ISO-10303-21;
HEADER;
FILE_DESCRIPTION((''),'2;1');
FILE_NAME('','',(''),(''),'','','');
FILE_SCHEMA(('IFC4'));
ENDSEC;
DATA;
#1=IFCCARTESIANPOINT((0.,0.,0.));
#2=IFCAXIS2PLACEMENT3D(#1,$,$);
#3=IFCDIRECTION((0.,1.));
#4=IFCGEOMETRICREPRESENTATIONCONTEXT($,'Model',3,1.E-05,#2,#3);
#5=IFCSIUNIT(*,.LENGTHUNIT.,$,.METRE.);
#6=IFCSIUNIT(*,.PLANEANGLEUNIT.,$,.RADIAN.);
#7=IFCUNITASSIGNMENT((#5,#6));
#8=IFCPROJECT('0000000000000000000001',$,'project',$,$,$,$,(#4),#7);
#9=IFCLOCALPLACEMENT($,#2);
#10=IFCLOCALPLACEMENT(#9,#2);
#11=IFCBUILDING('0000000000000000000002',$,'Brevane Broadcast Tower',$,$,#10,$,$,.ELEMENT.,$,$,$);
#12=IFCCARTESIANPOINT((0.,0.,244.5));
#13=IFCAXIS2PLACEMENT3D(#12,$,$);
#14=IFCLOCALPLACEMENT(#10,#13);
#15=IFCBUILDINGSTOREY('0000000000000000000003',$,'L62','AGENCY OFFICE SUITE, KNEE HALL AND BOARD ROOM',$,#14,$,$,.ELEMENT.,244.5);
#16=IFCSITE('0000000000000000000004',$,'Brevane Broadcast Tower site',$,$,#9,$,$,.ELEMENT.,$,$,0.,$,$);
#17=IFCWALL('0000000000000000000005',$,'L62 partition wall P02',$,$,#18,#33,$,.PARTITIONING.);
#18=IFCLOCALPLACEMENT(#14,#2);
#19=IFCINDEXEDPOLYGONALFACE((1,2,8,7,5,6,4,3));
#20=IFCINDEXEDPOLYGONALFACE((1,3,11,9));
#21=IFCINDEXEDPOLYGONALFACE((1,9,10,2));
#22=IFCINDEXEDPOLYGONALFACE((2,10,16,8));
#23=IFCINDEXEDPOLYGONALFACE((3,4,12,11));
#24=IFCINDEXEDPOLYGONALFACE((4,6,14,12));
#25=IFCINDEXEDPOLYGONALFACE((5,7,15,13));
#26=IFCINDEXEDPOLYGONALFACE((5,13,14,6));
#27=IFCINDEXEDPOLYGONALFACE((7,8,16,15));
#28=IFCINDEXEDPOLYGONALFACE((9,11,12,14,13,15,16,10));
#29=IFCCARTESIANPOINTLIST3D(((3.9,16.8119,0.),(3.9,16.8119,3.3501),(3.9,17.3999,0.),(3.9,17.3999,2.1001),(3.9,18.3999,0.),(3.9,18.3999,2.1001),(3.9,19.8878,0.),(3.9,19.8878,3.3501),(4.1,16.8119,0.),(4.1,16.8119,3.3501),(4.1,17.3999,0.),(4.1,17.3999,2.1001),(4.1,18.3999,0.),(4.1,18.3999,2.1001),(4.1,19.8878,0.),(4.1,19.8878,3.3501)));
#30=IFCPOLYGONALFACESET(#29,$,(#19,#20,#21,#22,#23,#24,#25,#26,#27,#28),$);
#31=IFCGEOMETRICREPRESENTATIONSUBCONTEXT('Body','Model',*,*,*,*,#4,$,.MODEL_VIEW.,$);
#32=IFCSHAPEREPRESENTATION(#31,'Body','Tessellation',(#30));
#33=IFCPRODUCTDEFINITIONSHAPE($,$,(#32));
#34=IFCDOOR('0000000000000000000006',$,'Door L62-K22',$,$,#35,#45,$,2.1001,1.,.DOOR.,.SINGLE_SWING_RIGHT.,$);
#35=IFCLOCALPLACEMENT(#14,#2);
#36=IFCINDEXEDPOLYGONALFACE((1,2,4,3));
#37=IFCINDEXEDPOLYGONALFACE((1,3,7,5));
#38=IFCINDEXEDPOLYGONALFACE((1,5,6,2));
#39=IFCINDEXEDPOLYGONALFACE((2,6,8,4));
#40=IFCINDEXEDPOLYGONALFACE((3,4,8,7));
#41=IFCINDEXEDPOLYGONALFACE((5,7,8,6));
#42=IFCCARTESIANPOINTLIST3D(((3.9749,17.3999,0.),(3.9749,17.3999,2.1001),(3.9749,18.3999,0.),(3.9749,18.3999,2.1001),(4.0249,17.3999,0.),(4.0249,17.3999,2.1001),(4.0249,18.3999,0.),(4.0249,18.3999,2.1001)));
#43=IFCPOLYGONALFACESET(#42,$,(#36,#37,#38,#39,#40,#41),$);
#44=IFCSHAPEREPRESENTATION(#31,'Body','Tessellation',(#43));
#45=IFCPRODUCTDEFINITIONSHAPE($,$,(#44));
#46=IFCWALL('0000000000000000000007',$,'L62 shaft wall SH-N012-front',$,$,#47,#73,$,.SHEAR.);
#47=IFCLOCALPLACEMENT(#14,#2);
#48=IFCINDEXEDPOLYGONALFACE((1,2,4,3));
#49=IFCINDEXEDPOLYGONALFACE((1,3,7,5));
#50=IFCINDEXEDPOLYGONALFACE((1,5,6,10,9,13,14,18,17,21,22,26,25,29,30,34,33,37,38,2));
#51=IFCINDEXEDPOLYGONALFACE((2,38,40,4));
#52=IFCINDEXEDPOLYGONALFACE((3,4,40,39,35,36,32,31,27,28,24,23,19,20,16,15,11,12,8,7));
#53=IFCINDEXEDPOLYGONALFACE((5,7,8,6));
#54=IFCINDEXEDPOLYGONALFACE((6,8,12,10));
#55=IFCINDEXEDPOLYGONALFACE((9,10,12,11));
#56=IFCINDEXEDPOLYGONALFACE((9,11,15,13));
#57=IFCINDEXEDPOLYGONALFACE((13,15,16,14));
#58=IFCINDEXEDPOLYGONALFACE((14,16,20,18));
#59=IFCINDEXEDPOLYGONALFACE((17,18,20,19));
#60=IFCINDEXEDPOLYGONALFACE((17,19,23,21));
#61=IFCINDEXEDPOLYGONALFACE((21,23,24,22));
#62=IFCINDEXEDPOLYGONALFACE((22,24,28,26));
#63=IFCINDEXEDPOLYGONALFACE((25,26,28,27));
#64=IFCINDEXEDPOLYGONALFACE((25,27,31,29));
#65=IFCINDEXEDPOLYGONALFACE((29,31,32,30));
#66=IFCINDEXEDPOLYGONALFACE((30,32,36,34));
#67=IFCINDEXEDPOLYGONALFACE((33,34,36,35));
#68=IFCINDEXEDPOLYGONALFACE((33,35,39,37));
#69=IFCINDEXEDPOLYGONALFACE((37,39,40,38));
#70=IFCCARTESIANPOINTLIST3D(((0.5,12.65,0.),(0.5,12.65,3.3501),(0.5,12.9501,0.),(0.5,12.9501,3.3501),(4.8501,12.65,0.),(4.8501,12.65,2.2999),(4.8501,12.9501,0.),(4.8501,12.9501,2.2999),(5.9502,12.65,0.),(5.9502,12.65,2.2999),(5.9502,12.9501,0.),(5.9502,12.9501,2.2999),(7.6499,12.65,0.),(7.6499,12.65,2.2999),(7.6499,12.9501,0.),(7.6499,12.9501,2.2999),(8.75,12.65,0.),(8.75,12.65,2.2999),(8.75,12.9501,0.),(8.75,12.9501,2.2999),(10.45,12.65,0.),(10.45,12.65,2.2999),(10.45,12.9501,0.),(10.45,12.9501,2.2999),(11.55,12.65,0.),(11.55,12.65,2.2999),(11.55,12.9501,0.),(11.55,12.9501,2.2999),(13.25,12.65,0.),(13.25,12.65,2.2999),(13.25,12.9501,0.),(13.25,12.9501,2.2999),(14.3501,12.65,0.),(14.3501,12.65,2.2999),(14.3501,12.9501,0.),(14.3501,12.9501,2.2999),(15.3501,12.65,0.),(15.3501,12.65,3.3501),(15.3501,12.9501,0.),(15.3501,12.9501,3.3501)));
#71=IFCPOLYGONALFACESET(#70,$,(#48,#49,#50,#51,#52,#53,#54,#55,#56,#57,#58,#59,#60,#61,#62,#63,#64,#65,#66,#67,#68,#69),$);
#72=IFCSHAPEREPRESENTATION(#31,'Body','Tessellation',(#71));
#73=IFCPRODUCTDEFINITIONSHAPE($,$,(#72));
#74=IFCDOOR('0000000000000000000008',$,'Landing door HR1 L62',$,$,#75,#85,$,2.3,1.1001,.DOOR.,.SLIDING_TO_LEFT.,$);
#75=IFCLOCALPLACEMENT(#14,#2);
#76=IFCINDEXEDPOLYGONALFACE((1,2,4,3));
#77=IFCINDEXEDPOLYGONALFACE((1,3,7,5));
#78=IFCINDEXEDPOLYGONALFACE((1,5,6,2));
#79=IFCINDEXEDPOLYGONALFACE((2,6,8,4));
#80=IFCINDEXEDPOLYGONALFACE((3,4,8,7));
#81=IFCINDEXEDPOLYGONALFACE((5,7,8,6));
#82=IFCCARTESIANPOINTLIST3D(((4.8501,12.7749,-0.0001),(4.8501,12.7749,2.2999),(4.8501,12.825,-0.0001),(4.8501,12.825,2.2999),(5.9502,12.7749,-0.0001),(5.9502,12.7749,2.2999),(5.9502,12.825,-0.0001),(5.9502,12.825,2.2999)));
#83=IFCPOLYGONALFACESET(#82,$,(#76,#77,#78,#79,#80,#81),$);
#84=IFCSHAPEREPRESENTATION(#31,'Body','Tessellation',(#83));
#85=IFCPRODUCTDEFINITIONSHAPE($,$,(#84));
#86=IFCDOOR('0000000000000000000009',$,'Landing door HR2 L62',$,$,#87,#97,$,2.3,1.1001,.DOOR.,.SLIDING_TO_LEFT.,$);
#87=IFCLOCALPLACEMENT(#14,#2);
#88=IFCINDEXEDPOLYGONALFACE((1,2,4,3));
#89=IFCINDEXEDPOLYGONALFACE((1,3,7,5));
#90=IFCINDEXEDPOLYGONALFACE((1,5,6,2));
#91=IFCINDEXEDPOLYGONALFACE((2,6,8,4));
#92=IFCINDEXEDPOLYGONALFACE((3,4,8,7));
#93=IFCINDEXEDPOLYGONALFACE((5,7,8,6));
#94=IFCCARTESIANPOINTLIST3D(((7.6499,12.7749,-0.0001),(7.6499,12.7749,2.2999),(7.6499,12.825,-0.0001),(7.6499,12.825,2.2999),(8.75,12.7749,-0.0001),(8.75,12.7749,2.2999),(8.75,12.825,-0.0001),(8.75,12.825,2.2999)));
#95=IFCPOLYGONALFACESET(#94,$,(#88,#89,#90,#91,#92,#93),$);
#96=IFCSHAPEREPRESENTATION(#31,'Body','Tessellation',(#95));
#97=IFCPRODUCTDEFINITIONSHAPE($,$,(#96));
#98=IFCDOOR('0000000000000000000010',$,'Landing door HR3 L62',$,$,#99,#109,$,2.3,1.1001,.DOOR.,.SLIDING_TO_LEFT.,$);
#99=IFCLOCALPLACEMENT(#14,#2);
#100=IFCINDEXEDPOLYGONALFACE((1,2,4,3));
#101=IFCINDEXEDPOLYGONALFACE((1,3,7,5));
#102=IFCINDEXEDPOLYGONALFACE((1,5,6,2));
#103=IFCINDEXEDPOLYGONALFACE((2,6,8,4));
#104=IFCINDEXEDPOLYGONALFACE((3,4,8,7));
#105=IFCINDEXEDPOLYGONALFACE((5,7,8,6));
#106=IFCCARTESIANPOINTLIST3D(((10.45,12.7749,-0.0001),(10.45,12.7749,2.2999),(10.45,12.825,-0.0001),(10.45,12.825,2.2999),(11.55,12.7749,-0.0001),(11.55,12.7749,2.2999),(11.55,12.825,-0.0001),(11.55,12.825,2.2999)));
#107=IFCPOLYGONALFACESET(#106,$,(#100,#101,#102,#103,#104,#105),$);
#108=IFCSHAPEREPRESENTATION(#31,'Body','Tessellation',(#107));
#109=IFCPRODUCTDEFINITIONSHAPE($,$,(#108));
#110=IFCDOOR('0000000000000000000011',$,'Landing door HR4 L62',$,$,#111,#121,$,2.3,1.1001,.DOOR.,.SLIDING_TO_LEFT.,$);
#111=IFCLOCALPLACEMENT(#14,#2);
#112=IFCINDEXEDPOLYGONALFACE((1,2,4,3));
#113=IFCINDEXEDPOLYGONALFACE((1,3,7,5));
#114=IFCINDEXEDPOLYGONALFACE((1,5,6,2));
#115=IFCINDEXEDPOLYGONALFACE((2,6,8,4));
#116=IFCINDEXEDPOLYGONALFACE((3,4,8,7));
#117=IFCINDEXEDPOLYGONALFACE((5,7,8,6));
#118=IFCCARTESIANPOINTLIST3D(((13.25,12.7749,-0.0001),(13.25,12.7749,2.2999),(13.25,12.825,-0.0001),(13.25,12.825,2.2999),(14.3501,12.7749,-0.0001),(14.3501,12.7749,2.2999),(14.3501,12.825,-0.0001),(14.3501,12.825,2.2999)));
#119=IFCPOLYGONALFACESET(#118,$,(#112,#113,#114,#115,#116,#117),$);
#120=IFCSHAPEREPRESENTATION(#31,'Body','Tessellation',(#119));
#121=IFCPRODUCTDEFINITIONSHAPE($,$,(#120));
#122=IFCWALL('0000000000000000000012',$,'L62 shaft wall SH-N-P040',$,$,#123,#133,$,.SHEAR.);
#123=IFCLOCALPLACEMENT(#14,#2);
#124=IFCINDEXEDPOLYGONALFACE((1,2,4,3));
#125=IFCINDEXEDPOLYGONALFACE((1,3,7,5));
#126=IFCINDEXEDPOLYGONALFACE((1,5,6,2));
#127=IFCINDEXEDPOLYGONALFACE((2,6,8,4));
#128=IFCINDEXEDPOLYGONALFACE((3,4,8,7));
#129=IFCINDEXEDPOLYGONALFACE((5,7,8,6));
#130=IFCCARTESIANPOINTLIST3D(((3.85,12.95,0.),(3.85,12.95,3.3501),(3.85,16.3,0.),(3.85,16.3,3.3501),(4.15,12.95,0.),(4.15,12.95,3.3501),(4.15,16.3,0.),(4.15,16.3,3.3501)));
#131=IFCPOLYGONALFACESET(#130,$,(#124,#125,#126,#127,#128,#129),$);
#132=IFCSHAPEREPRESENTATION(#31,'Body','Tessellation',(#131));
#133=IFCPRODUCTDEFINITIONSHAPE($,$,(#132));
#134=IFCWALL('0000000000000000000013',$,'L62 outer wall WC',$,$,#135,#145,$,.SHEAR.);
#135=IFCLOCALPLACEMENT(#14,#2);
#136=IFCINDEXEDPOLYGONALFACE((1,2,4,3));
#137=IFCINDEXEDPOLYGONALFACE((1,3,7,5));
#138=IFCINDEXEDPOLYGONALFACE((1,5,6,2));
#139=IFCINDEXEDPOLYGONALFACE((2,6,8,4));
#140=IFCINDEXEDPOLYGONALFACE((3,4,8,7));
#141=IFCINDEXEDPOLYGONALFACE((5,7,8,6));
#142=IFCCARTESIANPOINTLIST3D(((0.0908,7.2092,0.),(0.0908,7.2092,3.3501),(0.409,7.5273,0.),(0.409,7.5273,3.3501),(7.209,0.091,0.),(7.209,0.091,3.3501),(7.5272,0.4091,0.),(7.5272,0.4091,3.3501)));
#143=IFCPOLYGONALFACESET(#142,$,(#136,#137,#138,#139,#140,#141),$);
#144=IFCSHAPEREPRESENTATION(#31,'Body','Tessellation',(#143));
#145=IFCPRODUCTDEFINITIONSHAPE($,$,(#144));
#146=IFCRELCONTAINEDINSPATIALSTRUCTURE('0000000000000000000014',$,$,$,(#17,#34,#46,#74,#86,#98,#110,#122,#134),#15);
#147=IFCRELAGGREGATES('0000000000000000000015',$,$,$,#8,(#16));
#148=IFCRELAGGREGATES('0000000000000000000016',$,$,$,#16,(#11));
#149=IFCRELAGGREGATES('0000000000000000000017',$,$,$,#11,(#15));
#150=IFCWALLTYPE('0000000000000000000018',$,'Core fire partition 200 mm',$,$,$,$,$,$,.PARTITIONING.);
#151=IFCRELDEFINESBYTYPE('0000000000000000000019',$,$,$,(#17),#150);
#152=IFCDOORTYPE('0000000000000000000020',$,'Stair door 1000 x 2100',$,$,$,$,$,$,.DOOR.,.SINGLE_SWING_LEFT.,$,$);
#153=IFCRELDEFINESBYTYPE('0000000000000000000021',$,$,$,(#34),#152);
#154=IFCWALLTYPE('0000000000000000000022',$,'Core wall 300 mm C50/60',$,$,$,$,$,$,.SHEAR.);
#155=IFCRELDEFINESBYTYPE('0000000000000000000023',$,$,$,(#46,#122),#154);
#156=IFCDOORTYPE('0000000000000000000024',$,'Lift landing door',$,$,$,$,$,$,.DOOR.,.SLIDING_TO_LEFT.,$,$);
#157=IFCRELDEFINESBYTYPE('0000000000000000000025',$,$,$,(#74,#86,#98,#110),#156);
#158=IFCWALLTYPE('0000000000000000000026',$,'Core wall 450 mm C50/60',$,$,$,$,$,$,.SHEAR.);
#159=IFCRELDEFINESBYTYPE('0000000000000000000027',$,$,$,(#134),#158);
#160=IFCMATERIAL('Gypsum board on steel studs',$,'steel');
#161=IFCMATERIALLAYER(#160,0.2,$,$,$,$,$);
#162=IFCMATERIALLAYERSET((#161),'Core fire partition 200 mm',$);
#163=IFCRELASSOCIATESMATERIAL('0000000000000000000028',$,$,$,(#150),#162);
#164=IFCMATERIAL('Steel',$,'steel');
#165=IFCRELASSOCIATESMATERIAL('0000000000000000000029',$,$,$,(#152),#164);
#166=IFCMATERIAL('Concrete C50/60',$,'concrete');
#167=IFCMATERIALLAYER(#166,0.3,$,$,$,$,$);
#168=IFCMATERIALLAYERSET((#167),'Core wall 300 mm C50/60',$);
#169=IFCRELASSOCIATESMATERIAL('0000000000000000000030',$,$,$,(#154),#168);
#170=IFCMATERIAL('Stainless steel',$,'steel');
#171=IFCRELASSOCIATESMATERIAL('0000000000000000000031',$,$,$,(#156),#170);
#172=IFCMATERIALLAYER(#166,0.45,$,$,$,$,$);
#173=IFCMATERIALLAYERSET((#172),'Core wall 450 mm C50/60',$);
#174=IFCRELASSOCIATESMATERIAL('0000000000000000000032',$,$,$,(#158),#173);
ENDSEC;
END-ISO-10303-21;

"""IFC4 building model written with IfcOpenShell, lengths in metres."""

from ifc_helpers import new_model, si_unit, direction, frame, frame_2d, origin, place, context, subcontext, project, spatial, rectangle, extrude, material, layer, layer_set, type_object, element, fill, save


model = new_model("IFC4")

# Units and contexts
model_context = context("Model", 3, precision=1e-05, world=origin(), true_north=direction((0.0, 1.0)))
body_context = subcontext(model_context, "Body", "Model", "MODEL_VIEW")
ifc_project = project(units=[si_unit("LENGTHUNIT", "METRE"), si_unit("PLANEANGLEUNIT", "RADIAN")], contexts=[model_context])

# Site, building, storey
site_placement = place(None, origin())
site = spatial("IfcSite", under=ifc_project, at=site_placement, Name="Brevane Broadcast Tower site", CompositionType="ELEMENT", RefElevation=0.0)
building_placement = place(site_placement, origin())
building = spatial("IfcBuilding", under=site, at=building_placement, Name="Brevane Broadcast Tower", CompositionType="ELEMENT")
storey_placement = place(building_placement, frame((0.0, 0.0, 244.5)))
storey = spatial("IfcBuildingStorey", under=building, at=storey_placement, Name="L62", Description="AGENCY OFFICE SUITE, KNEE HALL AND BOARD ROOM", CompositionType="ELEMENT", Elevation=244.5)

# Shared definitions
ifc_material_1 = material(Name="Gypsum board on steel studs", Category="steel")
ifc_layer_1 = layer(ifc_material_1, 0.2)
ifc_layer_set_1 = layer_set([ifc_layer_1], Name="Core fire partition 200 mm")
wall_type_1 = type_object("IfcWallType", Name="Core fire partition 200 mm", PredefinedType="PARTITIONING", material=ifc_layer_set_1)

# Wall, opening, door
wall_1_placement = place(storey_placement, frame((4.0, 19.8879, 0.0), z_axis=(0.0, 0.0, 1.0), x_axis=(0.0, -1.0, 0.0)))
wall_1 = element("IfcWall", 1, at=wall_1_placement, inside=storey, type_object=wall_type_1, Name="L62 partition wall P02", PredefinedType="PARTITIONING", context=body_context, shape_type="SweptSolid", body=[
    extrude(rectangle(XDim=3.0759, YDim=0.2, at=frame_2d((1.5381, 0.0))), origin(), (0.0, 0.0, 1.0), 3.3501),
])
opening_1_placement = place(wall_1_placement, frame((1.488, 0.0, 0.0)))
opening_1 = element("IfcOpeningElement", 2, at=opening_1_placement, cuts=wall_1, PredefinedType="OPENING", context=body_context, shape_type="SweptSolid", body=[
    extrude(rectangle(XDim=1.0, YDim=2.1001, at=frame_2d((0.5, 1.05))), frame((0.0, 0.1099, 0.0), z_axis=(0.0, -1.0, 0.0), x_axis=(1.0, 0.0, 0.0)), (0.0, 0.0, 1.0), 0.22),
])
ifc_material_2 = material(Name="Steel", Category="steel")
door_type_1 = type_object("IfcDoorType", Name="Stair door 1000 x 2100", OperationType="SINGLE_SWING_LEFT", PredefinedType="DOOR", material=ifc_material_2)
door_1_placement = place(opening_1_placement, origin())
door_1 = element("IfcDoor", 3, at=door_1_placement, inside=storey, type_object=door_type_1, Name="Door L62-K22", OperationType="SINGLE_SWING_RIGHT", OverallHeight=2.1001, OverallWidth=1.0, PredefinedType="DOOR", context=body_context, shape_type="SweptSolid", body=[
    extrude(rectangle(XDim=1.0, YDim=2.1001, at=frame_2d((0.5, 1.05))), frame((0.0, 0.0249, 0.0), z_axis=(0.0, -1.0, 0.0), x_axis=(1.0, 0.0, 0.0)), (0.0, 0.0, 1.0), 0.05),
])
fill(opening_1, door_1)

# Wall, openings, doors
ifc_material_3 = material(Name="Concrete C50/60", Category="concrete")
ifc_layer_2 = layer(ifc_material_3, 0.3)
ifc_layer_set_2 = layer_set([ifc_layer_2], Name="Core wall 300 mm C50/60")
wall_type_2 = type_object("IfcWallType", Name="Core wall 300 mm C50/60", PredefinedType="SHEAR", material=ifc_layer_set_2)
wall_2_placement = place(storey_placement, frame((0.5, 12.8, 0.0), z_axis=(0.0, 0.0, 1.0), x_axis=(1.0, 0.0, 0.0)))
wall_2 = element("IfcWall", 4, at=wall_2_placement, inside=storey, type_object=wall_type_2, Name="L62 shaft wall SH-N012-front", PredefinedType="SHEAR", context=body_context, shape_type="SweptSolid", body=[
    extrude(rectangle(XDim=14.8501, YDim=0.3, at=frame_2d((7.425, 0.0))), origin(), (0.0, 0.0, 1.0), 3.3501),
])
opening_2_placement = place(wall_2_placement, frame((4.3501, 0.0, 0.0)))
opening_2 = element("IfcOpeningElement", 5, at=opening_2_placement, cuts=wall_2, PredefinedType="OPENING", context=body_context, shape_type="SweptSolid", body=[
    extrude(rectangle(XDim=1.1001, YDim=2.3, at=frame_2d((0.55, 1.1499))), frame((0.0, 0.1599, 0.0), z_axis=(0.0, -1.0, 0.0), x_axis=(1.0, 0.0, 0.0)), (0.0, 0.0, 1.0), 0.3201),
])
opening_3_placement = place(wall_2_placement, frame((7.1499, 0.0, 0.0)))
opening_3 = element("IfcOpeningElement", 6, at=opening_3_placement, cuts=wall_2, PredefinedType="OPENING", context=body_context, shape_type="SweptSolid", body=[
    extrude(rectangle(XDim=1.1001, YDim=2.3, at=frame_2d((0.55, 1.1499))), frame((0.0, 0.1599, 0.0), z_axis=(0.0, -1.0, 0.0), x_axis=(1.0, 0.0, 0.0)), (0.0, 0.0, 1.0), 0.3201),
])
opening_4_placement = place(wall_2_placement, frame((9.95, 0.0, 0.0)))
opening_4 = element("IfcOpeningElement", 7, at=opening_4_placement, cuts=wall_2, PredefinedType="OPENING", context=body_context, shape_type="SweptSolid", body=[
    extrude(rectangle(XDim=1.1001, YDim=2.3, at=frame_2d((0.55, 1.1499))), frame((0.0, 0.1599, 0.0), z_axis=(0.0, -1.0, 0.0), x_axis=(1.0, 0.0, 0.0)), (0.0, 0.0, 1.0), 0.3201),
])
opening_5_placement = place(wall_2_placement, frame((12.75, 0.0, 0.0)))
opening_5 = element("IfcOpeningElement", 8, at=opening_5_placement, cuts=wall_2, PredefinedType="OPENING", context=body_context, shape_type="SweptSolid", body=[
    extrude(rectangle(XDim=1.1001, YDim=2.3, at=frame_2d((0.55, 1.1499))), frame((0.0, 0.1599, 0.0), z_axis=(0.0, -1.0, 0.0), x_axis=(1.0, 0.0, 0.0)), (0.0, 0.0, 1.0), 0.3201),
])
ifc_material_4 = material(Name="Stainless steel", Category="steel")
door_type_2 = type_object("IfcDoorType", Name="Lift landing door", OperationType="SLIDING_TO_LEFT", PredefinedType="DOOR", material=ifc_material_4)
door_2_placement = place(opening_2_placement, origin())
door_2 = element("IfcDoor", 9, at=door_2_placement, inside=storey, type_object=door_type_2, Name="Landing door HR1 L62", OperationType="SLIDING_TO_LEFT", OverallHeight=2.3, OverallWidth=1.1001, PredefinedType="DOOR", context=body_context, shape_type="SweptSolid", body=[
    extrude(rectangle(XDim=1.1001, YDim=2.3, at=frame_2d((0.55, 1.1499))), frame((0.0, 0.0249, 0.0), z_axis=(0.0, -1.0, 0.0), x_axis=(1.0, 0.0, 0.0)), (0.0, 0.0, 1.0), 0.05),
])
fill(opening_2, door_2)
door_3_placement = place(opening_3_placement, origin())
door_3 = element("IfcDoor", 10, at=door_3_placement, inside=storey, type_object=door_type_2, Name="Landing door HR2 L62", OperationType="SLIDING_TO_LEFT", OverallHeight=2.3, OverallWidth=1.1001, PredefinedType="DOOR", context=body_context, shape_type="SweptSolid", body=[
    extrude(rectangle(XDim=1.1001, YDim=2.3, at=frame_2d((0.55, 1.1499))), frame((0.0, 0.0249, 0.0), z_axis=(0.0, -1.0, 0.0), x_axis=(1.0, 0.0, 0.0)), (0.0, 0.0, 1.0), 0.05),
])
fill(opening_3, door_3)
door_4_placement = place(opening_4_placement, origin())
door_4 = element("IfcDoor", 11, at=door_4_placement, inside=storey, type_object=door_type_2, Name="Landing door HR3 L62", OperationType="SLIDING_TO_LEFT", OverallHeight=2.3, OverallWidth=1.1001, PredefinedType="DOOR", context=body_context, shape_type="SweptSolid", body=[
    extrude(rectangle(XDim=1.1001, YDim=2.3, at=frame_2d((0.55, 1.1499))), frame((0.0, 0.0249, 0.0), z_axis=(0.0, -1.0, 0.0), x_axis=(1.0, 0.0, 0.0)), (0.0, 0.0, 1.0), 0.05),
])
fill(opening_4, door_4)
door_5_placement = place(opening_5_placement, origin())
door_5 = element("IfcDoor", 12, at=door_5_placement, inside=storey, type_object=door_type_2, Name="Landing door HR4 L62", OperationType="SLIDING_TO_LEFT", OverallHeight=2.3, OverallWidth=1.1001, PredefinedType="DOOR", context=body_context, shape_type="SweptSolid", body=[
    extrude(rectangle(XDim=1.1001, YDim=2.3, at=frame_2d((0.55, 1.1499))), frame((0.0, 0.0249, 0.0), z_axis=(0.0, -1.0, 0.0), x_axis=(1.0, 0.0, 0.0)), (0.0, 0.0, 1.0), 0.05),
])
fill(opening_5, door_5)

# Walls
wall_3_placement = place(storey_placement, frame((4.0, 12.95, 0.0), z_axis=(0.0, 0.0, 1.0), x_axis=(0.0, 1.0, 0.0)))
element("IfcWall", 13, at=wall_3_placement, inside=storey, type_object=wall_type_2, Name="L62 shaft wall SH-N-P040", PredefinedType="SHEAR", context=body_context, shape_type="SweptSolid", body=[
    extrude(rectangle(XDim=3.3501, YDim=0.3, at=frame_2d((1.675, 0.0))), origin(), (0.0, 0.0, 1.0), 3.3501),
])
ifc_layer_3 = layer(ifc_material_3, 0.45)
ifc_layer_set_3 = layer_set([ifc_layer_3], Name="Core wall 450 mm C50/60")
wall_type_3 = type_object("IfcWallType", Name="Core wall 450 mm C50/60", PredefinedType="SHEAR", material=ifc_layer_set_3)
wall_4_placement = place(storey_placement, frame((0.25, 7.3682, 0.0), z_axis=(0.0, 0.0, 1.0), x_axis=(0.707107, -0.707107, 0.0)))
element("IfcWall", 14, at=wall_4_placement, inside=storey, type_object=wall_type_3, Name="L62 outer wall WC", PredefinedType="SHEAR", context=body_context, shape_type="SweptSolid", body=[
    extrude(rectangle(XDim=10.0667, YDim=0.45, at=frame_2d((5.0332, 0.0))), origin(), (0.0, 0.0, 1.0), 3.3501),
])

save(model, "model.ifc")
